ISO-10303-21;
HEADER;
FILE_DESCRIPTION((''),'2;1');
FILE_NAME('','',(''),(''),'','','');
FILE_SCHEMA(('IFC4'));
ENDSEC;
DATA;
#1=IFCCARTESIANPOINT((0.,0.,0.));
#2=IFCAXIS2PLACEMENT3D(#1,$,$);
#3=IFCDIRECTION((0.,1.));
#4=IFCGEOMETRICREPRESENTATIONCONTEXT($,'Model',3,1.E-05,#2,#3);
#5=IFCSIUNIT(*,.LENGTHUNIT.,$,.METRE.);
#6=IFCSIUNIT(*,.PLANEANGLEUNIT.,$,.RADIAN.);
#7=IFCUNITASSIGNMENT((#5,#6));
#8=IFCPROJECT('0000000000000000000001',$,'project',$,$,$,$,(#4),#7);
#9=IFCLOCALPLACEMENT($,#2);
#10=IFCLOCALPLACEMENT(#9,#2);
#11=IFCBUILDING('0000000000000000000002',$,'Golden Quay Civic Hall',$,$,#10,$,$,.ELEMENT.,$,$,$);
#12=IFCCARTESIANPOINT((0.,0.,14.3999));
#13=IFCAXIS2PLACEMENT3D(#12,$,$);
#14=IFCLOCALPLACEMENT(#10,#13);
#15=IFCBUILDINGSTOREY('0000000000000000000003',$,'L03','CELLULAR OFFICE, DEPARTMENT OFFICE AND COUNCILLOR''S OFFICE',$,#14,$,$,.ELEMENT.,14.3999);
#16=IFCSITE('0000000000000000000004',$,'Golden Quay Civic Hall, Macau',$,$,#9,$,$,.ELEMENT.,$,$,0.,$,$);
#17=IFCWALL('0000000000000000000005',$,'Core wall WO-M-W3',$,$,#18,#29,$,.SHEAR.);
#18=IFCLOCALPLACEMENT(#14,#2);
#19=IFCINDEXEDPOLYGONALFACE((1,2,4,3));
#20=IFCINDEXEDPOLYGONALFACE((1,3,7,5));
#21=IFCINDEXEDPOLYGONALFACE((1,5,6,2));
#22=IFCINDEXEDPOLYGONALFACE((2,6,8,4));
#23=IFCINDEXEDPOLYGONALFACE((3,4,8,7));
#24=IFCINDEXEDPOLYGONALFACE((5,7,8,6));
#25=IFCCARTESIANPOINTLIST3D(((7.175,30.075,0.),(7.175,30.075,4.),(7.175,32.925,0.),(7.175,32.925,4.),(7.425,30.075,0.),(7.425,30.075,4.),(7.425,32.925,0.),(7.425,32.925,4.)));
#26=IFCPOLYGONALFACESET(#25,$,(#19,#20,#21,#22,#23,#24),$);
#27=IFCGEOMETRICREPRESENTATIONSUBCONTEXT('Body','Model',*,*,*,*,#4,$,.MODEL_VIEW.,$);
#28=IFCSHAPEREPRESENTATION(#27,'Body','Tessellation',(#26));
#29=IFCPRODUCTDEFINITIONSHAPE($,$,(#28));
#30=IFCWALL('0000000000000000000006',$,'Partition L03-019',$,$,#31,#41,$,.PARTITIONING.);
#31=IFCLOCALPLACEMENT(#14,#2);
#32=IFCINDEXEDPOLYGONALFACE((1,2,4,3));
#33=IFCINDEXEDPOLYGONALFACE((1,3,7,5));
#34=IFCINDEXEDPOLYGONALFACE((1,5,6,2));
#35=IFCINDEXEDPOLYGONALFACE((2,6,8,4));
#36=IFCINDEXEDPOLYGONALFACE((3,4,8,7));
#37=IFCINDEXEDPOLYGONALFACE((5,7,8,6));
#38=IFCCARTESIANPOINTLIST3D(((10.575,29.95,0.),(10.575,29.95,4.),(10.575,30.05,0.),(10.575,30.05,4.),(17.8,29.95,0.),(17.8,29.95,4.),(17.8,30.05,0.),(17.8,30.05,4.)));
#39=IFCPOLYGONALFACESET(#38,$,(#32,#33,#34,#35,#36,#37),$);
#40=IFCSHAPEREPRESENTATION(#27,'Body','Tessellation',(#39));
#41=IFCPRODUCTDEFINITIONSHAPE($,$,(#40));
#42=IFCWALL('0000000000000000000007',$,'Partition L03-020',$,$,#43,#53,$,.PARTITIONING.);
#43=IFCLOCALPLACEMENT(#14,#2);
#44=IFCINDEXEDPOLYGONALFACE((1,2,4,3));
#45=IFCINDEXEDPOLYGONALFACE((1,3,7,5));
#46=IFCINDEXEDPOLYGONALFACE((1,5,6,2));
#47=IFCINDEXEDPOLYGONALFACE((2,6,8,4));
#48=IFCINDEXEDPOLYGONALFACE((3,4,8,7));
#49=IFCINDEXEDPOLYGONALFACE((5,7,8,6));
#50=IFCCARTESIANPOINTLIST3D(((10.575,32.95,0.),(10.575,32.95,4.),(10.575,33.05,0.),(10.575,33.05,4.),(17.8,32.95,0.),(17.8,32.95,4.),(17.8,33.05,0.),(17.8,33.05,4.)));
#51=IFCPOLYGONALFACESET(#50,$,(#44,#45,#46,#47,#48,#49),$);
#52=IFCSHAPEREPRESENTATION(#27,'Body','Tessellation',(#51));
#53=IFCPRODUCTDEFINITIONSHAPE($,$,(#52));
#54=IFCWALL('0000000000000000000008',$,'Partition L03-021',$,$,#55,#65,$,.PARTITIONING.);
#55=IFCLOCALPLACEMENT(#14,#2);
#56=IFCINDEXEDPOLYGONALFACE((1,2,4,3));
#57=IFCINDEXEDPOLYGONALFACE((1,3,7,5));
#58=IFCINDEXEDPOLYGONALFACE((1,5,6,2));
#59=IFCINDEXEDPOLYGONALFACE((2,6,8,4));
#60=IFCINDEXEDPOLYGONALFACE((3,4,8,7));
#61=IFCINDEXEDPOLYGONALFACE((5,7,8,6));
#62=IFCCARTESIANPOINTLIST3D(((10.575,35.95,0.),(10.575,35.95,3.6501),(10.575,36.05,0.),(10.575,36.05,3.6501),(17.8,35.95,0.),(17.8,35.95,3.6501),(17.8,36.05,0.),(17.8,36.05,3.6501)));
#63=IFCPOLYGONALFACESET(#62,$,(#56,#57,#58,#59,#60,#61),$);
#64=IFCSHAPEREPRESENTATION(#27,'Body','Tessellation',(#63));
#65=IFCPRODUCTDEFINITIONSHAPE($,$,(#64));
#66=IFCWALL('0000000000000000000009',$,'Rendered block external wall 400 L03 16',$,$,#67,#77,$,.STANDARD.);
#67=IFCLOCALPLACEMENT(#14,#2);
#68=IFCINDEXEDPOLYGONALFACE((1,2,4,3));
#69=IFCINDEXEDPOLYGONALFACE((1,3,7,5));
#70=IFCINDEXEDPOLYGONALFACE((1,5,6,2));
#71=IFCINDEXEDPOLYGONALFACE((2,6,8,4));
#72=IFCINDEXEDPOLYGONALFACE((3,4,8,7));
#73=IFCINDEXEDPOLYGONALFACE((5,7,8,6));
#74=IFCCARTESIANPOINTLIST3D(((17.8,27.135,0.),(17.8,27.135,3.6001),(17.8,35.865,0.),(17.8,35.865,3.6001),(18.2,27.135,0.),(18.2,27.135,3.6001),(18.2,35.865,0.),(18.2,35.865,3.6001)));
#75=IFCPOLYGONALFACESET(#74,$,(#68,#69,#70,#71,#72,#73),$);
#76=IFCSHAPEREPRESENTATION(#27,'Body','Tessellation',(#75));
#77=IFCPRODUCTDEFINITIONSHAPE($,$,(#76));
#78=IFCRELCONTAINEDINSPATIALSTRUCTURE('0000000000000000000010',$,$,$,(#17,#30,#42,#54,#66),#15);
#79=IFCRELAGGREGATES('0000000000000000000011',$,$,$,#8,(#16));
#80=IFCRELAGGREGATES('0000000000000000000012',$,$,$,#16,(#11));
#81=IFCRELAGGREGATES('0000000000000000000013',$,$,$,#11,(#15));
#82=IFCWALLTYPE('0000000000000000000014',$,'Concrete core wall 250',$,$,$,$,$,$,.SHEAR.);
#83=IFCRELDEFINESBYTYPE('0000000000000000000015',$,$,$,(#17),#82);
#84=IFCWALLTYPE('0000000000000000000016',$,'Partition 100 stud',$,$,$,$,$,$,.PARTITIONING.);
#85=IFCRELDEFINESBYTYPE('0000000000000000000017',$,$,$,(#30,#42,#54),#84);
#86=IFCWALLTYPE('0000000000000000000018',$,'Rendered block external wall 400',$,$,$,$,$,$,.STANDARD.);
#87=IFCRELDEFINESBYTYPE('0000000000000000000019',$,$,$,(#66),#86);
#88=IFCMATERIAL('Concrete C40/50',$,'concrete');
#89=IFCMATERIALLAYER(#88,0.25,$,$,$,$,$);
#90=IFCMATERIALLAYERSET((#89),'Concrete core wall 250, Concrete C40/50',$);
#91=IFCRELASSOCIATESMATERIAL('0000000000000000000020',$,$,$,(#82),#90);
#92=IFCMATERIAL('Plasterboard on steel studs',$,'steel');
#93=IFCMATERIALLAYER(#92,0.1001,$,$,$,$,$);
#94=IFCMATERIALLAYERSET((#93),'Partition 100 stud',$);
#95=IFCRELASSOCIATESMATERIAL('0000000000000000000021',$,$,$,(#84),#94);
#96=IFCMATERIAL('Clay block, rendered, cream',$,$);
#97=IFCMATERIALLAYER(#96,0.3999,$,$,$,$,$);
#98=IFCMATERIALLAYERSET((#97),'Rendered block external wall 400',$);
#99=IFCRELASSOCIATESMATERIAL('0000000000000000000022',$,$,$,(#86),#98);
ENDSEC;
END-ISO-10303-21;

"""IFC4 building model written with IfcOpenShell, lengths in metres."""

from ifc_helpers import new_model, si_unit, direction, frame, frame_2d, origin, place, context, subcontext, project, spatial, rectangle, extrude, material, layer, layer_set, type_object, element, save


model = new_model("IFC4")

# Units and contexts
model_context = context("Model", 3, precision=1e-05, world=origin(), true_north=direction((0.0, 1.0)))
body_context = subcontext(model_context, "Body", "Model", "MODEL_VIEW")
ifc_project = project(units=[si_unit("LENGTHUNIT", "METRE"), si_unit("PLANEANGLEUNIT", "RADIAN")], contexts=[model_context])

# Site, building, storey
site_placement = place(None, origin())
site = spatial("IfcSite", under=ifc_project, at=site_placement, Name="Golden Quay Civic Hall, Macau", CompositionType="ELEMENT", RefElevation=0.0)
building_placement = place(site_placement, origin())
building = spatial("IfcBuilding", under=site, at=building_placement, Name="Golden Quay Civic Hall", CompositionType="ELEMENT")
storey_placement = place(building_placement, frame((0.0, 0.0, 14.3999)))
storey = spatial("IfcBuildingStorey", under=building, at=storey_placement, Name="L03", Description="CELLULAR OFFICE, DEPARTMENT OFFICE AND COUNCILLOR'S OFFICE", CompositionType="ELEMENT", Elevation=14.3999)

# Walls
ifc_material_1 = material(Name="Concrete C40/50", Category="concrete")
ifc_layer_1 = layer(ifc_material_1, 0.25)
ifc_layer_set_1 = layer_set([ifc_layer_1], Name="Concrete core wall 250, Concrete C40/50")
wall_type_1 = type_object("IfcWallType", Name="Concrete core wall 250", PredefinedType="SHEAR", material=ifc_layer_set_1)
wall_1_placement = place(storey_placement, frame((7.3, 30.075, 0.0), z_axis=(0.0, 0.0, 1.0), x_axis=(0.0, 1.0, 0.0)))
element("IfcWall", 1, at=wall_1_placement, inside=storey, type_object=wall_type_1, Name="Core wall WO-M-W3", PredefinedType="SHEAR", context=body_context, shape_type="SweptSolid", body=[
    extrude(rectangle(XDim=2.8501, YDim=0.25, at=frame_2d((1.425, 0.0))), origin(), (0.0, 0.0, 1.0), 4.0),
])
ifc_material_2 = material(Name="Plasterboard on steel studs", Category="steel")
ifc_layer_2 = layer(ifc_material_2, 0.1001)
ifc_layer_set_2 = layer_set([ifc_layer_2], Name="Partition 100 stud")
wall_type_2 = type_object("IfcWallType", Name="Partition 100 stud", PredefinedType="PARTITIONING", material=ifc_layer_set_2)
for number, where, z_axis, x_axis, name in (
    (2, (10.575, 30.0, 0.0), (0.0, 0.0, 1.0), (1.0, 0.0, 0.0), "Partition L03-019"),
    (3, (10.575, 33.0, 0.0), (0.0, 0.0, 1.0), (1.0, 0.0, 0.0), "Partition L03-020"),
):
    element("IfcWall", number, at=place(storey_placement, frame(where, z_axis=z_axis, x_axis=x_axis)), inside=storey, type_object=wall_type_2, Name=name, PredefinedType="PARTITIONING", context=body_context, shape_type="SweptSolid", body=[
        extrude(rectangle(XDim=7.2251, YDim=0.1001, at=frame_2d((3.6125, 0.0))), origin(), (0.0, 0.0, 1.0), 4.0),
    ])
wall_2_placement = place(storey_placement, frame((10.575, 36.0, 0.0), z_axis=(0.0, 0.0, 1.0), x_axis=(1.0, 0.0, 0.0)))
element("IfcWall", 4, at=wall_2_placement, inside=storey, type_object=wall_type_2, Name="Partition L03-021", PredefinedType="PARTITIONING", context=body_context, shape_type="SweptSolid", body=[
    extrude(rectangle(XDim=7.2251, YDim=0.1001, at=frame_2d((3.6125, 0.0))), origin(), (0.0, 0.0, 1.0), 3.6501),
])
ifc_material_3 = material(Name="Clay block, rendered, cream")
ifc_layer_3 = layer(ifc_material_3, 0.3999)
ifc_layer_set_3 = layer_set([ifc_layer_3], Name="Rendered block external wall 400")
wall_type_3 = type_object("IfcWallType", Name="Rendered block external wall 400", PredefinedType="STANDARD", material=ifc_layer_set_3)
wall_3_placement = place(storey_placement, frame((18.0, 35.865, 0.0), z_axis=(0.0, 0.0, 1.0), x_axis=(0.0, -1.0, 0.0)))
element("IfcWall", 5, at=wall_3_placement, inside=storey, type_object=wall_type_3, Name="Rendered block external wall 400 L03 16", PredefinedType="STANDARD", context=body_context, shape_type="SweptSolid", body=[
    extrude(rectangle(XDim=8.73, YDim=0.3999, at=frame_2d((4.365, 0.0))), origin(), (0.0, 0.0, 1.0), 3.6001),
])

save(model, "model.ifc")
